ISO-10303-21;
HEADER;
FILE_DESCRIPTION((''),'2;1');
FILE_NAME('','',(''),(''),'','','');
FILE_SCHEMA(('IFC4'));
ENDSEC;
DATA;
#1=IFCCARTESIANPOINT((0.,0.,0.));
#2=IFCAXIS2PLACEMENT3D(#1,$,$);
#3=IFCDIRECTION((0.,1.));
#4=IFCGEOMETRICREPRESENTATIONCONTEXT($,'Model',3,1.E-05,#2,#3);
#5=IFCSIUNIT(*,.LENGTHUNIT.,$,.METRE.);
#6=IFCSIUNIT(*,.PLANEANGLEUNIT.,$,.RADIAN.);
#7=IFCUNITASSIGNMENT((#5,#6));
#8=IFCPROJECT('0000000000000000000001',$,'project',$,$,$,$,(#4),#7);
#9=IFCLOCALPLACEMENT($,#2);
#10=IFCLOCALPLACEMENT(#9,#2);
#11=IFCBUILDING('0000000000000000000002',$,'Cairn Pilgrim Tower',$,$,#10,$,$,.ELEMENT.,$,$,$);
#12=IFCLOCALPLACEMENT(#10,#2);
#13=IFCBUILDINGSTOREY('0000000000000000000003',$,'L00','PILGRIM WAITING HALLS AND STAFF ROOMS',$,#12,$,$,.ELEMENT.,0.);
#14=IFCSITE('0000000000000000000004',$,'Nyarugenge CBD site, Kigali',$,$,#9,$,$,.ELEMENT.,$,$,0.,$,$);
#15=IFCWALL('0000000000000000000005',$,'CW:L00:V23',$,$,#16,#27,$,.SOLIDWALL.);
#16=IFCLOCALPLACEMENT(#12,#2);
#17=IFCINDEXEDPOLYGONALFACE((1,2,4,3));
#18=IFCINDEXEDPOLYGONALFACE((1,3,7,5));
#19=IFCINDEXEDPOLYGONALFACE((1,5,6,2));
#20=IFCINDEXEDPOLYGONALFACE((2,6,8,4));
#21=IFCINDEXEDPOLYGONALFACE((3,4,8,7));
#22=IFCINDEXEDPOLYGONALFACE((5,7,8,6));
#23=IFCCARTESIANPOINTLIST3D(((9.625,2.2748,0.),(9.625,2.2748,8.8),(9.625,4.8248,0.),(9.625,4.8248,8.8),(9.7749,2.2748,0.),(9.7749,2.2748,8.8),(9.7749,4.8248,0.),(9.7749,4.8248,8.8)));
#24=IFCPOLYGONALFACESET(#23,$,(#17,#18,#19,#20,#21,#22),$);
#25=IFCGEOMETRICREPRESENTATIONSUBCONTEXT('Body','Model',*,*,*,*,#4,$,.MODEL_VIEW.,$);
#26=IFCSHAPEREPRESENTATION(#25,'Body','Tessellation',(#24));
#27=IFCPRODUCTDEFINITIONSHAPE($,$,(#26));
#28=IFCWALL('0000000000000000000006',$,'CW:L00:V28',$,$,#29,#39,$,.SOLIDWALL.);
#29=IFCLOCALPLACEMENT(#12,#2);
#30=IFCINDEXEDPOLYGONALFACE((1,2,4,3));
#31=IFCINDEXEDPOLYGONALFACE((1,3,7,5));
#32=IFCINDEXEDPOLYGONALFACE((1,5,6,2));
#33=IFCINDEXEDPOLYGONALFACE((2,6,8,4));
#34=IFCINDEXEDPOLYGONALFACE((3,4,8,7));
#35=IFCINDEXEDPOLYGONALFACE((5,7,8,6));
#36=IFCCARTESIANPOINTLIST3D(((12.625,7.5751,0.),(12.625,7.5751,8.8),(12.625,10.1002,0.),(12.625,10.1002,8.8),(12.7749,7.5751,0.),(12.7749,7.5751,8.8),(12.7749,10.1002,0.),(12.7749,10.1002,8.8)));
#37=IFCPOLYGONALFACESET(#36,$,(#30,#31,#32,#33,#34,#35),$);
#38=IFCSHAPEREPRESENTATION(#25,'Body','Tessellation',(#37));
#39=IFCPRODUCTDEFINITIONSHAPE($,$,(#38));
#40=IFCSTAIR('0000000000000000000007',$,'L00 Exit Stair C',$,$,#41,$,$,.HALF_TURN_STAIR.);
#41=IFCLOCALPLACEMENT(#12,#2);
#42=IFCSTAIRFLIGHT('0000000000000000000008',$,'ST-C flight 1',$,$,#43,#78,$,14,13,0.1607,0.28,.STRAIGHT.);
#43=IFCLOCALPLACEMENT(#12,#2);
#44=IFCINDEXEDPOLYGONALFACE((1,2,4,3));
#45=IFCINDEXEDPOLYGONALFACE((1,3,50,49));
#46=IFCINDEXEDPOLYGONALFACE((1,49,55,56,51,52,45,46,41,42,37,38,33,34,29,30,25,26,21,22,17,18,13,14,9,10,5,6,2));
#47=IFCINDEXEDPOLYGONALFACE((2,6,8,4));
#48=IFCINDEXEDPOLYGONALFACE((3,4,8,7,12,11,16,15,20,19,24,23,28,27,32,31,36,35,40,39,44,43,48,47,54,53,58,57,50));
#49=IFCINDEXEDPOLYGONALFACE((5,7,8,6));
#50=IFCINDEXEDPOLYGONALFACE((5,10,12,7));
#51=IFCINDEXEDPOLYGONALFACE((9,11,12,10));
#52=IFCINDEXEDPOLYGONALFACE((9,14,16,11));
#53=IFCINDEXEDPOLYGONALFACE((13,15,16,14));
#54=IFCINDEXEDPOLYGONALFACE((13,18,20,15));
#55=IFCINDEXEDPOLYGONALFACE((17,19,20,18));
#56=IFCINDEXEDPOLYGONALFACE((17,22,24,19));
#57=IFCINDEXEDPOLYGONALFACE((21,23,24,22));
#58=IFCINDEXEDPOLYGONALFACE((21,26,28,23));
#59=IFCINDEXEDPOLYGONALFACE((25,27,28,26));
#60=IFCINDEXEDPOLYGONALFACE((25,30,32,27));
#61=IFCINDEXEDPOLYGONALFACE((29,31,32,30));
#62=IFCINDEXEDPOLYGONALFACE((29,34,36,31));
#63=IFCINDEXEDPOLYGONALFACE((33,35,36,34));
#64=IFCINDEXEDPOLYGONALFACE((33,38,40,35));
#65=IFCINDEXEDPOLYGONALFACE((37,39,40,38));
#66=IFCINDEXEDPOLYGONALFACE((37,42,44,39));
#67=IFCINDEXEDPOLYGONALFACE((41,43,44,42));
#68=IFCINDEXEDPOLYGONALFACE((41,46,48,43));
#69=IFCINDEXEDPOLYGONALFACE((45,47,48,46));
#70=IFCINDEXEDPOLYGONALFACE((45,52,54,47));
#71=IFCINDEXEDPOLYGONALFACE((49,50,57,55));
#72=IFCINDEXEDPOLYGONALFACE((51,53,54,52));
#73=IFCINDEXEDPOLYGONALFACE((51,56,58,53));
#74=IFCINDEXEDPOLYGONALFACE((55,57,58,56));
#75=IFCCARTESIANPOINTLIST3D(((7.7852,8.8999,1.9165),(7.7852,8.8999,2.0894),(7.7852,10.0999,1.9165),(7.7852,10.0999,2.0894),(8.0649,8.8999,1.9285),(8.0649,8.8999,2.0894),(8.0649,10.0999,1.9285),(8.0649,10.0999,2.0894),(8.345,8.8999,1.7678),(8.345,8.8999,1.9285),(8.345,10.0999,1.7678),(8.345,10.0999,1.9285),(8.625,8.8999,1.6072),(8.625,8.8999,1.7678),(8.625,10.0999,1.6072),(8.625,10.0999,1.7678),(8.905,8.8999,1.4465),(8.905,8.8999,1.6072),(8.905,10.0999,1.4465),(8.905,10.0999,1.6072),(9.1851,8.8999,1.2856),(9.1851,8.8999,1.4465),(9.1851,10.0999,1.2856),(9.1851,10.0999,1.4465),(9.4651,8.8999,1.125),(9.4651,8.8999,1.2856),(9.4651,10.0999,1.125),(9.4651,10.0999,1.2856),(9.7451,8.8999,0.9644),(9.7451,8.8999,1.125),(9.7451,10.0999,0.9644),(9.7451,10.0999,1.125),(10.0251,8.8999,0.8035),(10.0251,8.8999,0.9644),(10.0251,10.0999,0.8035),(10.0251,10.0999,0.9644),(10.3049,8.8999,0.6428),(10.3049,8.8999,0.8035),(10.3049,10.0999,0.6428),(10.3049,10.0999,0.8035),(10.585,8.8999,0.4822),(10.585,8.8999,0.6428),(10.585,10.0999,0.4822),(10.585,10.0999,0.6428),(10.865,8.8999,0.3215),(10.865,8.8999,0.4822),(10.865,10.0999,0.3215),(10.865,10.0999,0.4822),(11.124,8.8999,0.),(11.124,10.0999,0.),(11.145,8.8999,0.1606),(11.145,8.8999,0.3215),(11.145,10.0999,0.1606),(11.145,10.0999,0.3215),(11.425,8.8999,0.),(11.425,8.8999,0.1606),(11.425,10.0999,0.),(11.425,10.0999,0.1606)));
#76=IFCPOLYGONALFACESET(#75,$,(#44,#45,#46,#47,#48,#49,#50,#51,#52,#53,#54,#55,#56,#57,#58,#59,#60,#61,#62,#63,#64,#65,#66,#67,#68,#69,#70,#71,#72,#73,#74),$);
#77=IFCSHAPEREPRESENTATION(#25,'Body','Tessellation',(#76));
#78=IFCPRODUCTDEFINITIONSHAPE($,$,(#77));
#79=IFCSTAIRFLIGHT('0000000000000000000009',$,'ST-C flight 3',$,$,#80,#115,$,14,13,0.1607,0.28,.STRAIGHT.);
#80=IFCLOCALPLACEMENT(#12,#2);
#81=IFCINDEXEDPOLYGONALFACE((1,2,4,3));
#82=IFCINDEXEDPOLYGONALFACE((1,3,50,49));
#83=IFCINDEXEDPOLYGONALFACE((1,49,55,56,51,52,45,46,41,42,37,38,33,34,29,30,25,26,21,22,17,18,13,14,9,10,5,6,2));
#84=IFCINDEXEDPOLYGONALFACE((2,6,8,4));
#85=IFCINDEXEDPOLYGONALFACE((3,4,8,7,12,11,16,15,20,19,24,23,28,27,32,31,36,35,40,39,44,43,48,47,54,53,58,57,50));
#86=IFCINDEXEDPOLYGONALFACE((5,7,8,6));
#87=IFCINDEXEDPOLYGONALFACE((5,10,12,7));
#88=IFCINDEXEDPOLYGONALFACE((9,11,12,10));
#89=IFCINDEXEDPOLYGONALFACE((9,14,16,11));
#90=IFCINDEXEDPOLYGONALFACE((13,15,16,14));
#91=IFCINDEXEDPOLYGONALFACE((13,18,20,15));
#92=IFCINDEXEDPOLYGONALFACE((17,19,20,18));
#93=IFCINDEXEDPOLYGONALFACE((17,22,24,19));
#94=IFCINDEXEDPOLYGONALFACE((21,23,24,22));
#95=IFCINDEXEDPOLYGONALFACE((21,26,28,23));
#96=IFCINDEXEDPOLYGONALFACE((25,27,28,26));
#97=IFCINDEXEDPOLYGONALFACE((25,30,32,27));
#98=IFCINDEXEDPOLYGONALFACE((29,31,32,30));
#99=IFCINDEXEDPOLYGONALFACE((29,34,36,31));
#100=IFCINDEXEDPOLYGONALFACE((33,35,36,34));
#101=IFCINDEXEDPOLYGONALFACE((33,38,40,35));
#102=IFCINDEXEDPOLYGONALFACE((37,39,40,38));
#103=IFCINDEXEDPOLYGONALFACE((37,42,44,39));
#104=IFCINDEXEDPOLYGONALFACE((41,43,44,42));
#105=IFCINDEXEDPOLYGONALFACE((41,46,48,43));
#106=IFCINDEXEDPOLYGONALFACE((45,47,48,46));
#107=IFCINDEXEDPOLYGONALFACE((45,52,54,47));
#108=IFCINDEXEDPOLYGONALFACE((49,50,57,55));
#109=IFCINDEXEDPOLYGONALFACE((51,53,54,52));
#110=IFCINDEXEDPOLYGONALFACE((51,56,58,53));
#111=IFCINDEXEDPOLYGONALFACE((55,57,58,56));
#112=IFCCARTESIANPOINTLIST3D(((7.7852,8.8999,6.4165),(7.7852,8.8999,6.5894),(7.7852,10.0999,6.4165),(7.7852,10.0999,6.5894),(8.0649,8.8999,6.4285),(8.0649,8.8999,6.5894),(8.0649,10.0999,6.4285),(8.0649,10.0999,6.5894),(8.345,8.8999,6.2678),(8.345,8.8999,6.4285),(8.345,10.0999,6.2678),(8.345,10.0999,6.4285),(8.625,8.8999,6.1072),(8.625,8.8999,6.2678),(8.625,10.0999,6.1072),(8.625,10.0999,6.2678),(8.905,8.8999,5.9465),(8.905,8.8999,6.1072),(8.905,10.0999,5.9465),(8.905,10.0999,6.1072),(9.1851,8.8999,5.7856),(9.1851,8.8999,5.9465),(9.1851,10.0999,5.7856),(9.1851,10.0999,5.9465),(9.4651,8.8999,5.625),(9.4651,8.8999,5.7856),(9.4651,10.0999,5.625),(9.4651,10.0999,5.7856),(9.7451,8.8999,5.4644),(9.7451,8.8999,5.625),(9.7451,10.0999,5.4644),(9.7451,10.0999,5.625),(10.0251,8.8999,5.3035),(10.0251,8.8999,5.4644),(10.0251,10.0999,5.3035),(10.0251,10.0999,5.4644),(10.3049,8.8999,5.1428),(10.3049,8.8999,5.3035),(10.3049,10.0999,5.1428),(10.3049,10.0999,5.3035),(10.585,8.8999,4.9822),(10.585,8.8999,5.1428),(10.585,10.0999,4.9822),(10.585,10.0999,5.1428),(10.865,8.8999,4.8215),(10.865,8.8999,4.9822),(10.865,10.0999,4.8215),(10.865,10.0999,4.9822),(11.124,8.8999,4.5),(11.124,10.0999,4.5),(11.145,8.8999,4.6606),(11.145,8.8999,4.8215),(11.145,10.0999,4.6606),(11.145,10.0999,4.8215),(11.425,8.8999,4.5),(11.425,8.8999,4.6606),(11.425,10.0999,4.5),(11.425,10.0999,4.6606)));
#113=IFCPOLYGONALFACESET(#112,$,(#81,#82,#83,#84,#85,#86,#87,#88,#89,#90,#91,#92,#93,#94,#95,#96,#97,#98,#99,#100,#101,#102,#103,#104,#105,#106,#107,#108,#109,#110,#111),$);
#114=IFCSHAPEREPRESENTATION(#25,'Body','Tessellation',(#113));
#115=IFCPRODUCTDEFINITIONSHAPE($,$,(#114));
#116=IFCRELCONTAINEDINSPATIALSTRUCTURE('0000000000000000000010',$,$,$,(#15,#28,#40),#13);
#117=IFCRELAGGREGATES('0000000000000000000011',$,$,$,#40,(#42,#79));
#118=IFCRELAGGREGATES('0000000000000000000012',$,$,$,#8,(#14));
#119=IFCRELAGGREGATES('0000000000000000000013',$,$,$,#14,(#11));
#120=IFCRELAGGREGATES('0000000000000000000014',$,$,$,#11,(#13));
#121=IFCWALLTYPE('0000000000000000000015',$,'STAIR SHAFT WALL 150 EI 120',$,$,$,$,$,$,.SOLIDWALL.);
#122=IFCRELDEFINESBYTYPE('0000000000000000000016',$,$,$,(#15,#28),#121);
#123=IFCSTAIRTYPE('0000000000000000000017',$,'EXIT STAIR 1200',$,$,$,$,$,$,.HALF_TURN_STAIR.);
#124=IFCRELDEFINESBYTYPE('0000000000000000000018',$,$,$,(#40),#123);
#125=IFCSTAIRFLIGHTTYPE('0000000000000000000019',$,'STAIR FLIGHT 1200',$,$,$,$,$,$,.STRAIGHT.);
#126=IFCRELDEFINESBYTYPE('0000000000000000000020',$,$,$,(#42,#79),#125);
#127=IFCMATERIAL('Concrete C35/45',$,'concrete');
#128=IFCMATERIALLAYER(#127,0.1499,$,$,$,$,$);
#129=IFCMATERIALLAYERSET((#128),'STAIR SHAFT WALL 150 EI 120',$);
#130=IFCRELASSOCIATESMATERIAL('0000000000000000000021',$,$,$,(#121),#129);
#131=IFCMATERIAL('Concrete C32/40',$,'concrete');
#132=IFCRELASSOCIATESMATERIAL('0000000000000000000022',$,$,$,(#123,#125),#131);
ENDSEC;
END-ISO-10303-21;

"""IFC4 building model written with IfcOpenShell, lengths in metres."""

from ifc_helpers import new_model, si_unit, direction, frame, frame_2d, origin, place, context, subcontext, project, spatial, polyline, rectangle, outline, extrude, material, layer, layer_set, type_object, element, aggregate, save


model = new_model("IFC4")

# Units and contexts
model_context = context("Model", 3, precision=1e-05, world=origin(), true_north=direction((0.0, 1.0)))
body_context = subcontext(model_context, "Body", "Model", "MODEL_VIEW")
ifc_project = project(units=[si_unit("LENGTHUNIT", "METRE"), si_unit("PLANEANGLEUNIT", "RADIAN")], contexts=[model_context])

# Site, building, storey
site_placement = place(None, origin())
site = spatial("IfcSite", under=ifc_project, at=site_placement, Name="Nyarugenge CBD site, Kigali", CompositionType="ELEMENT", RefElevation=0.0)
building_placement = place(site_placement, origin())
building = spatial("IfcBuilding", under=site, at=building_placement, Name="Cairn Pilgrim Tower", CompositionType="ELEMENT")
storey_placement = place(building_placement, origin())
storey = spatial("IfcBuildingStorey", under=building, at=storey_placement, Name="L00", Description="PILGRIM WAITING HALLS AND STAFF ROOMS", CompositionType="ELEMENT", Elevation=0.0)

# Shared definitions
ifc_material_1 = material(Name="Concrete C35/45", Category="concrete")

# Shared definitions
ifc_material_2 = material(Name="Concrete C32/40", Category="concrete")

# Walls
ifc_layer_1 = layer(ifc_material_1, 0.1499)
ifc_layer_set_1 = layer_set([ifc_layer_1], Name="STAIR SHAFT WALL 150 EI 120")
wall_type_1 = type_object("IfcWallType", Name="STAIR SHAFT WALL 150 EI 120", PredefinedType="SOLIDWALL", material=ifc_layer_set_1)
wall_1_placement = place(storey_placement, frame((9.7, 2.2749, 0.0), z_axis=(0.0, 0.0, 1.0), x_axis=(0.0, 1.0, 0.0)))
element("IfcWall", 1, at=wall_1_placement, inside=storey, type_object=wall_type_1, Name="CW:L00:V23", PredefinedType="SOLIDWALL", context=body_context, shape_type="SweptSolid", body=[
    extrude(rectangle(XDim=2.55, YDim=0.1499, at=frame_2d((1.2749, 0.0))), origin(), (0.0, 0.0, 1.0), 8.8),
])
wall_2_placement = place(storey_placement, frame((12.7, 7.575, 0.0), z_axis=(0.0, 0.0, 1.0), x_axis=(0.0, 1.0, 0.0)))
element("IfcWall", 2, at=wall_2_placement, inside=storey, type_object=wall_type_1, Name="CW:L00:V28", PredefinedType="SOLIDWALL", context=body_context, shape_type="SweptSolid", body=[
    extrude(rectangle(XDim=2.5251, YDim=0.1499, at=frame_2d((1.2627, 0.0))), origin(), (0.0, 0.0, 1.0), 8.8),
])

# Stair, stair flights
stair_type = type_object("IfcStairType", Name="EXIT STAIR 1200", PredefinedType="HALF_TURN_STAIR", material=ifc_material_2)
stair_placement = place(storey_placement, origin())
stair = element("IfcStair", 3, at=stair_placement, inside=storey, type_object=stair_type, Name="L00 Exit Stair C", PredefinedType="HALF_TURN_STAIR")
stair_flight_type = type_object("IfcStairFlightType", Name="STAIR FLIGHT 1200", PredefinedType="STRAIGHT", material=ifc_material_2)
stair_flight_1_placement = place(storey_placement, frame((11.425, 9.5, 0.0), z_axis=(0.0, 0.0, 1.0), x_axis=(-1.0, 0.0, 0.0)))
stair_flight_1 = element("IfcStairFlight", 4, at=stair_flight_1_placement, type_object=stair_flight_type, Name="ST-C flight 1", NumberOfRisers=14, NumberOfTreads=13, PredefinedType="STRAIGHT", RiserHeight=0.1607, TreadLength=0.28, context=body_context, shape_type="SweptSolid", body=[
    extrude(outline(polyline([(0.0, 0.0), (0.0, 0.1606), (0.28, 0.1606), (0.28, 0.3215), (0.5601, 0.3215), (0.5601, 0.4822), (0.8401, 0.4822), (0.8401, 0.6428), (1.1201, 0.6428), (1.1201, 0.8035), (1.3999, 0.8035), (1.3999, 0.9644), (1.6799, 0.9644), (1.6799, 1.125), (1.96, 1.125), (1.96, 1.2856), (2.24, 1.2856), (2.24, 1.4465), (2.52, 1.4465), (2.52, 1.6072), (2.8, 1.6072), (2.8, 1.7678), (3.0801, 1.7678), (3.0801, 1.9285), (3.3601, 1.9285), (3.3601, 2.0894), (3.6399, 2.0894), (3.6399, 2.25), (3.6399, 1.9165), (0.301, 0.0), (0.0, 0.0)])), frame((0.0, 0.6001, 0.0), z_axis=(0.0, -1.0, 0.0), x_axis=(1.0, 0.0, 0.0)), (0.0, 0.0, 1.0), 1.2),
])
stair_flight_2_placement = place(storey_placement, frame((11.425, 9.5, 4.5), z_axis=(0.0, 0.0, 1.0), x_axis=(-1.0, 0.0, 0.0)))
stair_flight_2 = element("IfcStairFlight", 5, at=stair_flight_2_placement, type_object=stair_flight_type, Name="ST-C flight 3", NumberOfRisers=14, NumberOfTreads=13, PredefinedType="STRAIGHT", RiserHeight=0.1607, TreadLength=0.28, context=body_context, shape_type="SweptSolid", body=[
    extrude(outline(polyline([(0.0, 0.0), (0.0, 0.1606), (0.28, 0.1606), (0.28, 0.3215), (0.5601, 0.3215), (0.5601, 0.4822), (0.8401, 0.4822), (0.8401, 0.6428), (1.1201, 0.6428), (1.1201, 0.8035), (1.3999, 0.8035), (1.3999, 0.9644), (1.6799, 0.9644), (1.6799, 1.125), (1.96, 1.125), (1.96, 1.2856), (2.24, 1.2856), (2.24, 1.4465), (2.52, 1.4465), (2.52, 1.6072), (2.8, 1.6072), (2.8, 1.7678), (3.0801, 1.7678), (3.0801, 1.9285), (3.3601, 1.9285), (3.3601, 2.0894), (3.6399, 2.0894), (3.6399, 2.25), (3.6399, 1.9165), (0.301, 0.0), (0.0, 0.0)])), frame((0.0, 0.6001, 0.0), z_axis=(0.0, -1.0, 0.0), x_axis=(1.0, 0.0, 0.0)), (0.0, 0.0, 1.0), 1.2),
])
aggregate(stair, [stair_flight_1, stair_flight_2])

save(model, "model.ifc")
